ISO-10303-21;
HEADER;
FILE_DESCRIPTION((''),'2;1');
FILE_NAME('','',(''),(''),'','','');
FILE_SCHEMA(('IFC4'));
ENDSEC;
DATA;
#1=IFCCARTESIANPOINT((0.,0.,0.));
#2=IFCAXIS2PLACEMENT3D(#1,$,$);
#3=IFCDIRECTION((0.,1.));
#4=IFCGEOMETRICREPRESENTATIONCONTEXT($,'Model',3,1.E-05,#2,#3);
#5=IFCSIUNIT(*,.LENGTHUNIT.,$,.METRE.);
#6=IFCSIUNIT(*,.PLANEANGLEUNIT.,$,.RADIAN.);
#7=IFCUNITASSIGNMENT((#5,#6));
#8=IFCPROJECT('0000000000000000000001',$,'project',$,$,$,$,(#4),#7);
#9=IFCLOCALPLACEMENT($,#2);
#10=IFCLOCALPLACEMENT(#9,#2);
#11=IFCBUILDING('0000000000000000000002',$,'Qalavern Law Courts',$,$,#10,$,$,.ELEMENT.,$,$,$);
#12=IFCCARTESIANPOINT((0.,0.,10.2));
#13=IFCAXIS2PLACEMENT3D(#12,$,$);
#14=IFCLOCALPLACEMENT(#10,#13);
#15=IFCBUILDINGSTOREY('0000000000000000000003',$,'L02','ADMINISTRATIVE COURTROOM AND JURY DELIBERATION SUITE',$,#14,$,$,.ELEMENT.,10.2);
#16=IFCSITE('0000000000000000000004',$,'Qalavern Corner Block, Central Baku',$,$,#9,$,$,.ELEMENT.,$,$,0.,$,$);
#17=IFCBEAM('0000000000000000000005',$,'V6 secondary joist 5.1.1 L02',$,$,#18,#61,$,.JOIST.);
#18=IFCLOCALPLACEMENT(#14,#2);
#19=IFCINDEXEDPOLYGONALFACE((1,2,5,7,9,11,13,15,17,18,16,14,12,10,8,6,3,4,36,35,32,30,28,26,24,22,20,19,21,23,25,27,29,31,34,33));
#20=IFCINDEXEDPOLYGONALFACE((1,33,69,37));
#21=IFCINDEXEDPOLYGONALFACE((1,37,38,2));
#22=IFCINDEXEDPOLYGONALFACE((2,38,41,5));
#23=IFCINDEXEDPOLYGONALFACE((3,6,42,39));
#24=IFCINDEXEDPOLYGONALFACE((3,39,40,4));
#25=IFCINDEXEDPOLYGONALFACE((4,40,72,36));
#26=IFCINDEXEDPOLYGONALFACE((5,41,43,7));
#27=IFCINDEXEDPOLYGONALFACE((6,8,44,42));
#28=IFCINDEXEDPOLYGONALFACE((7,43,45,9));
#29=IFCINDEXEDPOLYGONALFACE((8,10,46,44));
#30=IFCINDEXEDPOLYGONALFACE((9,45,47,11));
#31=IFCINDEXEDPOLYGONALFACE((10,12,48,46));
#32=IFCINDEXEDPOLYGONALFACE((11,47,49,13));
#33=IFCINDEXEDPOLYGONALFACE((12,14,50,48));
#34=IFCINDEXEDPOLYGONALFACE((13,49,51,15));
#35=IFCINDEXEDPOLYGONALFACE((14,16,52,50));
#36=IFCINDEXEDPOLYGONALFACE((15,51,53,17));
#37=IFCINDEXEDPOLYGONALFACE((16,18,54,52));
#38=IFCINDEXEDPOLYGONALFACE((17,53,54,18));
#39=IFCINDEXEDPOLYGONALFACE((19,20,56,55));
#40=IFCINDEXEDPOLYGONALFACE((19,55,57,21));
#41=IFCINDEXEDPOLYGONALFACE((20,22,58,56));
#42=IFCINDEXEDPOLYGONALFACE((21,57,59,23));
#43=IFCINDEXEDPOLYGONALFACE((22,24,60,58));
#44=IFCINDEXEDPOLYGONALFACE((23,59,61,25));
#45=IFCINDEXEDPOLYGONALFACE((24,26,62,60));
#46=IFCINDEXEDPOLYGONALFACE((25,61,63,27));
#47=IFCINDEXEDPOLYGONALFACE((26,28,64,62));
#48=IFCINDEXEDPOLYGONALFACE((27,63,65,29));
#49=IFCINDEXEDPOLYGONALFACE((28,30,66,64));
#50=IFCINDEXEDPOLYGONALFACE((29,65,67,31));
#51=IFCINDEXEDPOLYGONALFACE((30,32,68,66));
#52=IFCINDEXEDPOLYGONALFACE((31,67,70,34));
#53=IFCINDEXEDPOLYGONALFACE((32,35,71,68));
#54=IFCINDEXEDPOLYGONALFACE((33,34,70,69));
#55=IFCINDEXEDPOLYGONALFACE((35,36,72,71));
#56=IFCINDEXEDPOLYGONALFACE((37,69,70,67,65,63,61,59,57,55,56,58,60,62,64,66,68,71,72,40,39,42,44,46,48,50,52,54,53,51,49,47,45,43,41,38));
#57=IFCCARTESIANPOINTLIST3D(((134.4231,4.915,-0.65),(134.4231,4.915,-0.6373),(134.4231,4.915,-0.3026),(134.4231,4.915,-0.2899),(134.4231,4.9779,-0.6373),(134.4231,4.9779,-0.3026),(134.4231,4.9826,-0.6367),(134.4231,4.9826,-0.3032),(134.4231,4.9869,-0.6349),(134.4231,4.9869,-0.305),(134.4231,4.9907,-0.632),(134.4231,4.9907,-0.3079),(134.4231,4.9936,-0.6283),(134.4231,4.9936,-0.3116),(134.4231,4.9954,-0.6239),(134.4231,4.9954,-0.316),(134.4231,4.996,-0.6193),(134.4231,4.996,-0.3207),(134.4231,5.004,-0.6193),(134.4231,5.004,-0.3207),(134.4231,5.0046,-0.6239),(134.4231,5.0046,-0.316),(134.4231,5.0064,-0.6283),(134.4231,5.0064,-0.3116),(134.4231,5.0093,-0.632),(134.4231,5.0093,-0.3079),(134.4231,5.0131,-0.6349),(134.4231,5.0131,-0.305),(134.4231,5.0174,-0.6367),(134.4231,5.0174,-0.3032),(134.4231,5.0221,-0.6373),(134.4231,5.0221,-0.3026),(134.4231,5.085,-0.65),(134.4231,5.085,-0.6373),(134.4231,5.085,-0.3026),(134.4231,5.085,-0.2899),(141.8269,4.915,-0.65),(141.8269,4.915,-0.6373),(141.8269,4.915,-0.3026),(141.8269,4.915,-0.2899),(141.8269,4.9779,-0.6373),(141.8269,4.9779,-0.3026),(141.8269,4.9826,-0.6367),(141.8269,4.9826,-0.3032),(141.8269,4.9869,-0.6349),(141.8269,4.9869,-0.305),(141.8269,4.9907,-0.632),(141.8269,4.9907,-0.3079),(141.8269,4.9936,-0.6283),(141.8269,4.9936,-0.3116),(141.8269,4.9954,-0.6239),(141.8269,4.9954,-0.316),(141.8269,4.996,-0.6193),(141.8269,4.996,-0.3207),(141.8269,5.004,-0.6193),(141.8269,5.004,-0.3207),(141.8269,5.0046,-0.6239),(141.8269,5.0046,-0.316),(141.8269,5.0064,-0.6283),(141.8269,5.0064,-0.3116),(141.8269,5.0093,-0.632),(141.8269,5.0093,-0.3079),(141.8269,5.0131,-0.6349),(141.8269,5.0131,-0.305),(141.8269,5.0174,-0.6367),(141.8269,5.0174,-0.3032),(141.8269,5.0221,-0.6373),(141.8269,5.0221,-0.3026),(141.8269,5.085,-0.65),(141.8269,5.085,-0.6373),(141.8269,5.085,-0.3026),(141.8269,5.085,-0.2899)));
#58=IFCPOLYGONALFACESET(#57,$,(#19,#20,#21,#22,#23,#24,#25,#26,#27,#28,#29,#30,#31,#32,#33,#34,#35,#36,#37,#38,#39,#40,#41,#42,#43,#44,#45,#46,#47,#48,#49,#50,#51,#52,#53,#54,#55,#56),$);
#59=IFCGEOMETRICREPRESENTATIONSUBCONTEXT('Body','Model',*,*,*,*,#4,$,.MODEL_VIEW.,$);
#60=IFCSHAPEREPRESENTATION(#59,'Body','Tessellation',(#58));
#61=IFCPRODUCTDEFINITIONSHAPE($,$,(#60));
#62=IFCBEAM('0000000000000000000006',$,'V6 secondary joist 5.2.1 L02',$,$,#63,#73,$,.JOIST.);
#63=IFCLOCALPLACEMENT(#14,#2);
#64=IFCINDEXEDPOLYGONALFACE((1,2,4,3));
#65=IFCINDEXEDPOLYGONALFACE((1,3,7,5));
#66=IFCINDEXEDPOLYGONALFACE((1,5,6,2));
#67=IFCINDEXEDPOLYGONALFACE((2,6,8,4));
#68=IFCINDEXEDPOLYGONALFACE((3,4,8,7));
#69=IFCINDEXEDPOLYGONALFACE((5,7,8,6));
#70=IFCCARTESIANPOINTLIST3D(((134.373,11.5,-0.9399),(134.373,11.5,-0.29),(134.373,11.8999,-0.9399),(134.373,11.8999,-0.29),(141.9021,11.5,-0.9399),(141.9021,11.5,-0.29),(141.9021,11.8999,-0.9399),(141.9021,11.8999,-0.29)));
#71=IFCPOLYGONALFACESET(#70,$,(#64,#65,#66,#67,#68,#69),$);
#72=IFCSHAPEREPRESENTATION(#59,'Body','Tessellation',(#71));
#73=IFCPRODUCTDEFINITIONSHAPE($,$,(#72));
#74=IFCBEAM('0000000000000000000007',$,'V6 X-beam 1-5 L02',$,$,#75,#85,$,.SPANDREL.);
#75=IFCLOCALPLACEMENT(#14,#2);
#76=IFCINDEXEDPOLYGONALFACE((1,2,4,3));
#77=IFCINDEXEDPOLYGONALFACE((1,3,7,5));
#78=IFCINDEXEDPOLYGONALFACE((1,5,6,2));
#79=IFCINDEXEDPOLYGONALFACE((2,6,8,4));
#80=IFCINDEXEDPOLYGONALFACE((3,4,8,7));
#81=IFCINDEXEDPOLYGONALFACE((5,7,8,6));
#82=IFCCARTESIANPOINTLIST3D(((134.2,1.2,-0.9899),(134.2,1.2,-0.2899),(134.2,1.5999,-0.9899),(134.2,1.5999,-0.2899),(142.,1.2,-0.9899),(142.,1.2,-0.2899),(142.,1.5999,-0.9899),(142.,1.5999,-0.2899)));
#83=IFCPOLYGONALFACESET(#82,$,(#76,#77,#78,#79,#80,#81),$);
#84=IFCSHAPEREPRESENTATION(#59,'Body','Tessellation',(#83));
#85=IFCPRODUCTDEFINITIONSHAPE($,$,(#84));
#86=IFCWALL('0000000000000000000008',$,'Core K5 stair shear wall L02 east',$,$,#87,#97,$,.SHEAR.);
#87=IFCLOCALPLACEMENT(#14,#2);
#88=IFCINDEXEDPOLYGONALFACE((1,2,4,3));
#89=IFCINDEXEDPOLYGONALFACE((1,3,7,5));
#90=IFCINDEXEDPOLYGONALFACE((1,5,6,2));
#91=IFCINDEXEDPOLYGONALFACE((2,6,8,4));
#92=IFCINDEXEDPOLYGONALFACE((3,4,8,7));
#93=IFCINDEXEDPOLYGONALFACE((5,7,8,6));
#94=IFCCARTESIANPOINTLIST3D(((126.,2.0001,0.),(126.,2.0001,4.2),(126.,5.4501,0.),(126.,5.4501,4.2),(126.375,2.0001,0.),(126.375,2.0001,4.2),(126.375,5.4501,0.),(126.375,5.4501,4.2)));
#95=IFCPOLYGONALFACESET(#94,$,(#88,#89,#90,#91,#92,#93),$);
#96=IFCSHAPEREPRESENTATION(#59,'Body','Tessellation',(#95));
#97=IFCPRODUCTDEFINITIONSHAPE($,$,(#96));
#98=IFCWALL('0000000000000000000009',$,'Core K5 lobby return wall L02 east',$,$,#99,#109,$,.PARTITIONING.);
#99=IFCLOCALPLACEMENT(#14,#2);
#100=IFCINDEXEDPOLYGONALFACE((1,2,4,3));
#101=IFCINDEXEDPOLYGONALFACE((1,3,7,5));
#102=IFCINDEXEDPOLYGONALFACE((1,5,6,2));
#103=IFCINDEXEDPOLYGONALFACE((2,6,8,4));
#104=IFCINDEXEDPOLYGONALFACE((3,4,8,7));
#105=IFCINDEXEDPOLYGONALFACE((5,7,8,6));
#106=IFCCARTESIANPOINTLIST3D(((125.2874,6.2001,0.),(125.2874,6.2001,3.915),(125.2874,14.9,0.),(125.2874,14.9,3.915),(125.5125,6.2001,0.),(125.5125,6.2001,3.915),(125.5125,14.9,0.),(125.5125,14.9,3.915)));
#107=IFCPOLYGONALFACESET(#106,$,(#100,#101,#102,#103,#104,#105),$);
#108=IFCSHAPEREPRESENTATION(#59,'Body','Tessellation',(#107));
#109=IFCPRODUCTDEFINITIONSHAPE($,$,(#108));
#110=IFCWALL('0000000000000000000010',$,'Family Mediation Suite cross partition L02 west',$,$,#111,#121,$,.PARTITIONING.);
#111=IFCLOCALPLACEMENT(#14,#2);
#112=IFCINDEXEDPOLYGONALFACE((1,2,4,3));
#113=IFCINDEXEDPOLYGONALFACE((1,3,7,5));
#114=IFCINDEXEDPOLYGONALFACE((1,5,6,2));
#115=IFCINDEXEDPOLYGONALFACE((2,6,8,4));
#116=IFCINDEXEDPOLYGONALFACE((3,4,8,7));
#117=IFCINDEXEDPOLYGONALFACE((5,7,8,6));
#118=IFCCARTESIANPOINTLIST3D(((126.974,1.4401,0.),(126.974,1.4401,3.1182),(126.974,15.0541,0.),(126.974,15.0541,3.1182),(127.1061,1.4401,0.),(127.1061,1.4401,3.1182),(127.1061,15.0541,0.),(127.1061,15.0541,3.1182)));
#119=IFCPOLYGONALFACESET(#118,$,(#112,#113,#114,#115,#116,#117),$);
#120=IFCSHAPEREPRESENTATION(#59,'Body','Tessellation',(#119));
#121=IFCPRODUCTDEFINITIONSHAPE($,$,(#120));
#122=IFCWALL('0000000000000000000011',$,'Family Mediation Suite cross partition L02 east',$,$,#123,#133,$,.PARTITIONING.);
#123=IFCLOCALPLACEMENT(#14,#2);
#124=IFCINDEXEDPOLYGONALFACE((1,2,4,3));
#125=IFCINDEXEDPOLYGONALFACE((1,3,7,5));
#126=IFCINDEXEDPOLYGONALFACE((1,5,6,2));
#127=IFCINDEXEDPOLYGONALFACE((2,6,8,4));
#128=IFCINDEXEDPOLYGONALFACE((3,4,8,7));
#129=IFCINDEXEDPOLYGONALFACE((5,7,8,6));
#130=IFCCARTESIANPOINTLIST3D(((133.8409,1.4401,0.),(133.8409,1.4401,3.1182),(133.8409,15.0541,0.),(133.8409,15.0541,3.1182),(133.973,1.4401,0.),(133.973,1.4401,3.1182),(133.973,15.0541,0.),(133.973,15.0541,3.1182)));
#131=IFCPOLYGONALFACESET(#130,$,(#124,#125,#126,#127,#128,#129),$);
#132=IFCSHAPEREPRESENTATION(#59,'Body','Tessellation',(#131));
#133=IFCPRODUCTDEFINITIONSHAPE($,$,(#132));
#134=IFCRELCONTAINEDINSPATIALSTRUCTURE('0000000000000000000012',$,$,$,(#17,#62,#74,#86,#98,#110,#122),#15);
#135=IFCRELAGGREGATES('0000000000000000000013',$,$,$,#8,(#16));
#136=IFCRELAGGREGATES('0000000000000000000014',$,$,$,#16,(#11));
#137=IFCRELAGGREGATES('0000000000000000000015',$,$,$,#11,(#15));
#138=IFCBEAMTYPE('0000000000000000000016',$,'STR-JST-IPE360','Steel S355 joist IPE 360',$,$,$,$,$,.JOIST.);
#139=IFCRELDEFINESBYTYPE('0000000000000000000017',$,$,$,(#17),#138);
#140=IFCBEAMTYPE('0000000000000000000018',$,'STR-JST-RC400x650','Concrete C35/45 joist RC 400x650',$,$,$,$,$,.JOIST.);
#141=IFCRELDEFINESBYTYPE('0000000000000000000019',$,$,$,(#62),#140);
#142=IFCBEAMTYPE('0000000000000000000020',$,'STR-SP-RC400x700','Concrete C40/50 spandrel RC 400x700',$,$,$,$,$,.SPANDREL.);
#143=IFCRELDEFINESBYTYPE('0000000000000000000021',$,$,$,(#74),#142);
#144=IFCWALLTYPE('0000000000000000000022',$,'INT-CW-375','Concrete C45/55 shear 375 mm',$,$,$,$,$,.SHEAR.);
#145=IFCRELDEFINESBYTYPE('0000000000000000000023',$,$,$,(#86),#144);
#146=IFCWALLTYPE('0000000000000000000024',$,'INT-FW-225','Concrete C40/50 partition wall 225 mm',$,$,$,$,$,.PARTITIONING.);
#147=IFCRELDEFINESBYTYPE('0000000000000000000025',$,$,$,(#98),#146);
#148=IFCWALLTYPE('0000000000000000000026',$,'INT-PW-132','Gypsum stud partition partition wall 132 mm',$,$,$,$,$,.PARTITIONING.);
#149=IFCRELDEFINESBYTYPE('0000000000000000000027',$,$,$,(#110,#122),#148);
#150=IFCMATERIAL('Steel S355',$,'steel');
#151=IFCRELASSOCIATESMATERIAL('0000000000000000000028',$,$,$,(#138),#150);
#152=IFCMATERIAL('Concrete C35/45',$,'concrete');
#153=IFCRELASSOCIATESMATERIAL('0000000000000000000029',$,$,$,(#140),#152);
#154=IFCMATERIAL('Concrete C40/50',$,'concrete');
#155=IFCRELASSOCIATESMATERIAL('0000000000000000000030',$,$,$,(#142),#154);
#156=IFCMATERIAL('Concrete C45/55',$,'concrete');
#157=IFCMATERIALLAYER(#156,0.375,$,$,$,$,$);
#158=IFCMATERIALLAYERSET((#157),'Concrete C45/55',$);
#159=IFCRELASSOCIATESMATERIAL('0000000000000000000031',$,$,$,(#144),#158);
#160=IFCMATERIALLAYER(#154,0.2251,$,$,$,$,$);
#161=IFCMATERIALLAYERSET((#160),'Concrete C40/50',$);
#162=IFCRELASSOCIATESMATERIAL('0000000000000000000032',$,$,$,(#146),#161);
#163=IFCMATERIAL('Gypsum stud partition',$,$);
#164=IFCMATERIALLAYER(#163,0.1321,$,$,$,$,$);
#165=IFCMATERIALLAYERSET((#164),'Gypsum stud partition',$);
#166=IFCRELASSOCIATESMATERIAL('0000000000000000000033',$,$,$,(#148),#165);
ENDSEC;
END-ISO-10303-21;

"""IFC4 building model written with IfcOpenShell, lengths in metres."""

from ifc_helpers import new_model, si_unit, direction, frame, frame_2d, origin, origin_2d, place, context, subcontext, project, spatial, rectangle, i_section, extrude, material, layer, layer_set, material_profile, profile_set, type_object, element, save


model = new_model("IFC4")

# Units and contexts
model_context = context("Model", 3, precision=1e-05, world=origin(), true_north=direction((0.0, 1.0)))
body_context = subcontext(model_context, "Body", "Model", "MODEL_VIEW")
ifc_project = project(units=[si_unit("LENGTHUNIT", "METRE"), si_unit("PLANEANGLEUNIT", "RADIAN")], contexts=[model_context])

# Site, building, storey
site_placement = place(None, origin())
site = spatial("IfcSite", under=ifc_project, at=site_placement, Name="Qalavern Corner Block, Central Baku", CompositionType="ELEMENT", RefElevation=0.0)
building_placement = place(site_placement, origin())
building = spatial("IfcBuilding", under=site, at=building_placement, Name="Qalavern Law Courts", CompositionType="ELEMENT")
storey_placement = place(building_placement, frame((0.0, 0.0, 10.2)))
storey = spatial("IfcBuildingStorey", under=building, at=storey_placement, Name="L02", Description="ADMINISTRATIVE COURTROOM AND JURY DELIBERATION SUITE", CompositionType="ELEMENT", Elevation=10.2)

# Shared definitions
ifc_material_1 = material(Name="Concrete C45/55", Category="concrete")

# Beams
ifc_material_2 = material(Name="Steel S355", Category="steel")
ifc_material_3 = material(Name="Concrete C35/45", Category="concrete")
ifc_material_4 = material(Name="Concrete C40/50", Category="concrete")
ifc_material_profile_1 = material_profile(ifc_material_2, i_section(OverallWidth=0.1699, OverallDepth=0.3601, WebThickness=0.0081, FlangeThickness=0.0127, FilletRadius=0.0181, at=origin_2d()), Name="IPE 360")
ifc_profile_set_1 = profile_set([ifc_material_profile_1], Name="Steel S355")
beam_type_1 = type_object("IfcBeamType", Name="STR-JST-IPE360", Description="Steel S355 joist IPE 360", PredefinedType="JOIST", material=ifc_profile_set_1)
beam_1_placement = place(storey_placement, frame((134.4231, 5.0, -0.47), z_axis=(1.0, 0.0, 0.0), x_axis=(0.0, 1.0, 0.0)))
element("IfcBeam", 1, at=beam_1_placement, inside=storey, type_object=beam_type_1, Name="V6 secondary joist 5.1.1 L02", PredefinedType="JOIST", context=body_context, shape_type="SweptSolid", body=[
    extrude(i_section(OverallWidth=0.1699, OverallDepth=0.3601, WebThickness=0.0081, FlangeThickness=0.0127, FilletRadius=0.0181, at=origin_2d()), origin(), (0.0, 0.0, 1.0), 7.4038),
])
ifc_material_profile_2 = material_profile(ifc_material_3, rectangle(XDim=0.3999, YDim=0.6499, at=origin_2d()), Name="RC 400x650")
ifc_profile_set_2 = profile_set([ifc_material_profile_2], Name="Concrete C35/45")
beam_type_2 = type_object("IfcBeamType", Name="STR-JST-RC400x650", Description="Concrete C35/45 joist RC 400x650", PredefinedType="JOIST", material=ifc_profile_set_2)
beam_2_placement = place(storey_placement, frame((134.373, 11.7, -0.615), z_axis=(1.0, 0.0, 0.0), x_axis=(0.0, 1.0, 0.0)))
element("IfcBeam", 2, at=beam_2_placement, inside=storey, type_object=beam_type_2, Name="V6 secondary joist 5.2.1 L02", PredefinedType="JOIST", context=body_context, shape_type="SweptSolid", body=[
    extrude(rectangle(XDim=0.3999, YDim=0.6499, at=origin_2d()), origin(), (0.0, 0.0, 1.0), 7.5291),
])
ifc_material_profile_3 = material_profile(ifc_material_4, rectangle(XDim=0.3999, YDim=0.7, at=origin_2d()), Name="RC 400x700")
ifc_profile_set_3 = profile_set([ifc_material_profile_3], Name="Concrete C40/50")
beam_type_3 = type_object("IfcBeamType", Name="STR-SP-RC400x700", Description="Concrete C40/50 spandrel RC 400x700", PredefinedType="SPANDREL", material=ifc_profile_set_3)
beam_3_placement = place(storey_placement, frame((134.2, 1.3999, -0.6399), z_axis=(1.0, 0.0, 0.0), x_axis=(0.0, 1.0, 0.0)))
element("IfcBeam", 3, at=beam_3_placement, inside=storey, type_object=beam_type_3, Name="V6 X-beam 1-5 L02", PredefinedType="SPANDREL", context=body_context, shape_type="SweptSolid", body=[
    extrude(rectangle(XDim=0.3999, YDim=0.7, at=origin_2d()), origin(), (0.0, 0.0, 1.0), 7.8),
])

# Wall
ifc_layer_1 = layer(ifc_material_1, 0.375)
ifc_layer_set_1 = layer_set([ifc_layer_1], Name="Concrete C45/55")
wall_type_1 = type_object("IfcWallType", Name="INT-CW-375", Description="Concrete C45/55 shear 375 mm", PredefinedType="SHEAR", material=ifc_layer_set_1)
wall_1_placement = place(storey_placement, frame((126.1875, 2.0, 0.0), z_axis=(0.0, 0.0, 1.0), x_axis=(0.0, 1.0, 0.0)))
element("IfcWall", 4, at=wall_1_placement, inside=storey, type_object=wall_type_1, Name="Core K5 stair shear wall L02 east", PredefinedType="SHEAR", context=body_context, shape_type="SweptSolid", body=[
    extrude(rectangle(XDim=3.45, YDim=0.375, at=frame_2d((1.7251, 0.0))), origin(), (0.0, 0.0, 1.0), 4.2),
])

# Walls
ifc_layer_2 = layer(ifc_material_4, 0.2251)
ifc_layer_set_2 = layer_set([ifc_layer_2], Name="Concrete C40/50")
wall_type_2 = type_object("IfcWallType", Name="INT-FW-225", Description="Concrete C40/50 partition wall 225 mm", PredefinedType="PARTITIONING", material=ifc_layer_set_2)
wall_2_placement = place(storey_placement, frame((125.3999, 6.2, 0.0), z_axis=(0.0, 0.0, 1.0), x_axis=(0.0, 1.0, 0.0)))
element("IfcWall", 5, at=wall_2_placement, inside=storey, type_object=wall_type_2, Name="Core K5 lobby return wall L02 east", PredefinedType="PARTITIONING", context=body_context, shape_type="SweptSolid", body=[
    extrude(rectangle(XDim=8.7, YDim=0.2251, at=frame_2d((4.3501, 0.0))), origin(), (0.0, 0.0, 1.0), 3.915),
])
ifc_material_5 = material(Name="Gypsum stud partition")
ifc_layer_3 = layer(ifc_material_5, 0.1321)
ifc_layer_set_3 = layer_set([ifc_layer_3], Name="Gypsum stud partition")
wall_type_3 = type_object("IfcWallType", Name="INT-PW-132", Description="Gypsum stud partition partition wall 132 mm", PredefinedType="PARTITIONING", material=ifc_layer_set_3)
for number, where, z_axis, x_axis, name in (
    (6, (127.04, 1.4399, 0.0), (0.0, 0.0, 1.0), (0.0, 1.0, 0.0), "Family Mediation Suite cross partition L02 west"),
    (7, (133.907, 1.4399, 0.0), (0.0, 0.0, 1.0), (0.0, 1.0, 0.0), "Family Mediation Suite cross partition L02 east"),
):
    element("IfcWall", number, at=place(storey_placement, frame(where, z_axis=z_axis, x_axis=x_axis)), inside=storey, type_object=wall_type_3, Name=name, PredefinedType="PARTITIONING", context=body_context, shape_type="SweptSolid", body=[
        extrude(rectangle(XDim=13.614, YDim=0.1321, at=frame_2d((6.8071, 0.0))), origin(), (0.0, 0.0, 1.0), 3.1182),
    ])

save(model, "model.ifc")
